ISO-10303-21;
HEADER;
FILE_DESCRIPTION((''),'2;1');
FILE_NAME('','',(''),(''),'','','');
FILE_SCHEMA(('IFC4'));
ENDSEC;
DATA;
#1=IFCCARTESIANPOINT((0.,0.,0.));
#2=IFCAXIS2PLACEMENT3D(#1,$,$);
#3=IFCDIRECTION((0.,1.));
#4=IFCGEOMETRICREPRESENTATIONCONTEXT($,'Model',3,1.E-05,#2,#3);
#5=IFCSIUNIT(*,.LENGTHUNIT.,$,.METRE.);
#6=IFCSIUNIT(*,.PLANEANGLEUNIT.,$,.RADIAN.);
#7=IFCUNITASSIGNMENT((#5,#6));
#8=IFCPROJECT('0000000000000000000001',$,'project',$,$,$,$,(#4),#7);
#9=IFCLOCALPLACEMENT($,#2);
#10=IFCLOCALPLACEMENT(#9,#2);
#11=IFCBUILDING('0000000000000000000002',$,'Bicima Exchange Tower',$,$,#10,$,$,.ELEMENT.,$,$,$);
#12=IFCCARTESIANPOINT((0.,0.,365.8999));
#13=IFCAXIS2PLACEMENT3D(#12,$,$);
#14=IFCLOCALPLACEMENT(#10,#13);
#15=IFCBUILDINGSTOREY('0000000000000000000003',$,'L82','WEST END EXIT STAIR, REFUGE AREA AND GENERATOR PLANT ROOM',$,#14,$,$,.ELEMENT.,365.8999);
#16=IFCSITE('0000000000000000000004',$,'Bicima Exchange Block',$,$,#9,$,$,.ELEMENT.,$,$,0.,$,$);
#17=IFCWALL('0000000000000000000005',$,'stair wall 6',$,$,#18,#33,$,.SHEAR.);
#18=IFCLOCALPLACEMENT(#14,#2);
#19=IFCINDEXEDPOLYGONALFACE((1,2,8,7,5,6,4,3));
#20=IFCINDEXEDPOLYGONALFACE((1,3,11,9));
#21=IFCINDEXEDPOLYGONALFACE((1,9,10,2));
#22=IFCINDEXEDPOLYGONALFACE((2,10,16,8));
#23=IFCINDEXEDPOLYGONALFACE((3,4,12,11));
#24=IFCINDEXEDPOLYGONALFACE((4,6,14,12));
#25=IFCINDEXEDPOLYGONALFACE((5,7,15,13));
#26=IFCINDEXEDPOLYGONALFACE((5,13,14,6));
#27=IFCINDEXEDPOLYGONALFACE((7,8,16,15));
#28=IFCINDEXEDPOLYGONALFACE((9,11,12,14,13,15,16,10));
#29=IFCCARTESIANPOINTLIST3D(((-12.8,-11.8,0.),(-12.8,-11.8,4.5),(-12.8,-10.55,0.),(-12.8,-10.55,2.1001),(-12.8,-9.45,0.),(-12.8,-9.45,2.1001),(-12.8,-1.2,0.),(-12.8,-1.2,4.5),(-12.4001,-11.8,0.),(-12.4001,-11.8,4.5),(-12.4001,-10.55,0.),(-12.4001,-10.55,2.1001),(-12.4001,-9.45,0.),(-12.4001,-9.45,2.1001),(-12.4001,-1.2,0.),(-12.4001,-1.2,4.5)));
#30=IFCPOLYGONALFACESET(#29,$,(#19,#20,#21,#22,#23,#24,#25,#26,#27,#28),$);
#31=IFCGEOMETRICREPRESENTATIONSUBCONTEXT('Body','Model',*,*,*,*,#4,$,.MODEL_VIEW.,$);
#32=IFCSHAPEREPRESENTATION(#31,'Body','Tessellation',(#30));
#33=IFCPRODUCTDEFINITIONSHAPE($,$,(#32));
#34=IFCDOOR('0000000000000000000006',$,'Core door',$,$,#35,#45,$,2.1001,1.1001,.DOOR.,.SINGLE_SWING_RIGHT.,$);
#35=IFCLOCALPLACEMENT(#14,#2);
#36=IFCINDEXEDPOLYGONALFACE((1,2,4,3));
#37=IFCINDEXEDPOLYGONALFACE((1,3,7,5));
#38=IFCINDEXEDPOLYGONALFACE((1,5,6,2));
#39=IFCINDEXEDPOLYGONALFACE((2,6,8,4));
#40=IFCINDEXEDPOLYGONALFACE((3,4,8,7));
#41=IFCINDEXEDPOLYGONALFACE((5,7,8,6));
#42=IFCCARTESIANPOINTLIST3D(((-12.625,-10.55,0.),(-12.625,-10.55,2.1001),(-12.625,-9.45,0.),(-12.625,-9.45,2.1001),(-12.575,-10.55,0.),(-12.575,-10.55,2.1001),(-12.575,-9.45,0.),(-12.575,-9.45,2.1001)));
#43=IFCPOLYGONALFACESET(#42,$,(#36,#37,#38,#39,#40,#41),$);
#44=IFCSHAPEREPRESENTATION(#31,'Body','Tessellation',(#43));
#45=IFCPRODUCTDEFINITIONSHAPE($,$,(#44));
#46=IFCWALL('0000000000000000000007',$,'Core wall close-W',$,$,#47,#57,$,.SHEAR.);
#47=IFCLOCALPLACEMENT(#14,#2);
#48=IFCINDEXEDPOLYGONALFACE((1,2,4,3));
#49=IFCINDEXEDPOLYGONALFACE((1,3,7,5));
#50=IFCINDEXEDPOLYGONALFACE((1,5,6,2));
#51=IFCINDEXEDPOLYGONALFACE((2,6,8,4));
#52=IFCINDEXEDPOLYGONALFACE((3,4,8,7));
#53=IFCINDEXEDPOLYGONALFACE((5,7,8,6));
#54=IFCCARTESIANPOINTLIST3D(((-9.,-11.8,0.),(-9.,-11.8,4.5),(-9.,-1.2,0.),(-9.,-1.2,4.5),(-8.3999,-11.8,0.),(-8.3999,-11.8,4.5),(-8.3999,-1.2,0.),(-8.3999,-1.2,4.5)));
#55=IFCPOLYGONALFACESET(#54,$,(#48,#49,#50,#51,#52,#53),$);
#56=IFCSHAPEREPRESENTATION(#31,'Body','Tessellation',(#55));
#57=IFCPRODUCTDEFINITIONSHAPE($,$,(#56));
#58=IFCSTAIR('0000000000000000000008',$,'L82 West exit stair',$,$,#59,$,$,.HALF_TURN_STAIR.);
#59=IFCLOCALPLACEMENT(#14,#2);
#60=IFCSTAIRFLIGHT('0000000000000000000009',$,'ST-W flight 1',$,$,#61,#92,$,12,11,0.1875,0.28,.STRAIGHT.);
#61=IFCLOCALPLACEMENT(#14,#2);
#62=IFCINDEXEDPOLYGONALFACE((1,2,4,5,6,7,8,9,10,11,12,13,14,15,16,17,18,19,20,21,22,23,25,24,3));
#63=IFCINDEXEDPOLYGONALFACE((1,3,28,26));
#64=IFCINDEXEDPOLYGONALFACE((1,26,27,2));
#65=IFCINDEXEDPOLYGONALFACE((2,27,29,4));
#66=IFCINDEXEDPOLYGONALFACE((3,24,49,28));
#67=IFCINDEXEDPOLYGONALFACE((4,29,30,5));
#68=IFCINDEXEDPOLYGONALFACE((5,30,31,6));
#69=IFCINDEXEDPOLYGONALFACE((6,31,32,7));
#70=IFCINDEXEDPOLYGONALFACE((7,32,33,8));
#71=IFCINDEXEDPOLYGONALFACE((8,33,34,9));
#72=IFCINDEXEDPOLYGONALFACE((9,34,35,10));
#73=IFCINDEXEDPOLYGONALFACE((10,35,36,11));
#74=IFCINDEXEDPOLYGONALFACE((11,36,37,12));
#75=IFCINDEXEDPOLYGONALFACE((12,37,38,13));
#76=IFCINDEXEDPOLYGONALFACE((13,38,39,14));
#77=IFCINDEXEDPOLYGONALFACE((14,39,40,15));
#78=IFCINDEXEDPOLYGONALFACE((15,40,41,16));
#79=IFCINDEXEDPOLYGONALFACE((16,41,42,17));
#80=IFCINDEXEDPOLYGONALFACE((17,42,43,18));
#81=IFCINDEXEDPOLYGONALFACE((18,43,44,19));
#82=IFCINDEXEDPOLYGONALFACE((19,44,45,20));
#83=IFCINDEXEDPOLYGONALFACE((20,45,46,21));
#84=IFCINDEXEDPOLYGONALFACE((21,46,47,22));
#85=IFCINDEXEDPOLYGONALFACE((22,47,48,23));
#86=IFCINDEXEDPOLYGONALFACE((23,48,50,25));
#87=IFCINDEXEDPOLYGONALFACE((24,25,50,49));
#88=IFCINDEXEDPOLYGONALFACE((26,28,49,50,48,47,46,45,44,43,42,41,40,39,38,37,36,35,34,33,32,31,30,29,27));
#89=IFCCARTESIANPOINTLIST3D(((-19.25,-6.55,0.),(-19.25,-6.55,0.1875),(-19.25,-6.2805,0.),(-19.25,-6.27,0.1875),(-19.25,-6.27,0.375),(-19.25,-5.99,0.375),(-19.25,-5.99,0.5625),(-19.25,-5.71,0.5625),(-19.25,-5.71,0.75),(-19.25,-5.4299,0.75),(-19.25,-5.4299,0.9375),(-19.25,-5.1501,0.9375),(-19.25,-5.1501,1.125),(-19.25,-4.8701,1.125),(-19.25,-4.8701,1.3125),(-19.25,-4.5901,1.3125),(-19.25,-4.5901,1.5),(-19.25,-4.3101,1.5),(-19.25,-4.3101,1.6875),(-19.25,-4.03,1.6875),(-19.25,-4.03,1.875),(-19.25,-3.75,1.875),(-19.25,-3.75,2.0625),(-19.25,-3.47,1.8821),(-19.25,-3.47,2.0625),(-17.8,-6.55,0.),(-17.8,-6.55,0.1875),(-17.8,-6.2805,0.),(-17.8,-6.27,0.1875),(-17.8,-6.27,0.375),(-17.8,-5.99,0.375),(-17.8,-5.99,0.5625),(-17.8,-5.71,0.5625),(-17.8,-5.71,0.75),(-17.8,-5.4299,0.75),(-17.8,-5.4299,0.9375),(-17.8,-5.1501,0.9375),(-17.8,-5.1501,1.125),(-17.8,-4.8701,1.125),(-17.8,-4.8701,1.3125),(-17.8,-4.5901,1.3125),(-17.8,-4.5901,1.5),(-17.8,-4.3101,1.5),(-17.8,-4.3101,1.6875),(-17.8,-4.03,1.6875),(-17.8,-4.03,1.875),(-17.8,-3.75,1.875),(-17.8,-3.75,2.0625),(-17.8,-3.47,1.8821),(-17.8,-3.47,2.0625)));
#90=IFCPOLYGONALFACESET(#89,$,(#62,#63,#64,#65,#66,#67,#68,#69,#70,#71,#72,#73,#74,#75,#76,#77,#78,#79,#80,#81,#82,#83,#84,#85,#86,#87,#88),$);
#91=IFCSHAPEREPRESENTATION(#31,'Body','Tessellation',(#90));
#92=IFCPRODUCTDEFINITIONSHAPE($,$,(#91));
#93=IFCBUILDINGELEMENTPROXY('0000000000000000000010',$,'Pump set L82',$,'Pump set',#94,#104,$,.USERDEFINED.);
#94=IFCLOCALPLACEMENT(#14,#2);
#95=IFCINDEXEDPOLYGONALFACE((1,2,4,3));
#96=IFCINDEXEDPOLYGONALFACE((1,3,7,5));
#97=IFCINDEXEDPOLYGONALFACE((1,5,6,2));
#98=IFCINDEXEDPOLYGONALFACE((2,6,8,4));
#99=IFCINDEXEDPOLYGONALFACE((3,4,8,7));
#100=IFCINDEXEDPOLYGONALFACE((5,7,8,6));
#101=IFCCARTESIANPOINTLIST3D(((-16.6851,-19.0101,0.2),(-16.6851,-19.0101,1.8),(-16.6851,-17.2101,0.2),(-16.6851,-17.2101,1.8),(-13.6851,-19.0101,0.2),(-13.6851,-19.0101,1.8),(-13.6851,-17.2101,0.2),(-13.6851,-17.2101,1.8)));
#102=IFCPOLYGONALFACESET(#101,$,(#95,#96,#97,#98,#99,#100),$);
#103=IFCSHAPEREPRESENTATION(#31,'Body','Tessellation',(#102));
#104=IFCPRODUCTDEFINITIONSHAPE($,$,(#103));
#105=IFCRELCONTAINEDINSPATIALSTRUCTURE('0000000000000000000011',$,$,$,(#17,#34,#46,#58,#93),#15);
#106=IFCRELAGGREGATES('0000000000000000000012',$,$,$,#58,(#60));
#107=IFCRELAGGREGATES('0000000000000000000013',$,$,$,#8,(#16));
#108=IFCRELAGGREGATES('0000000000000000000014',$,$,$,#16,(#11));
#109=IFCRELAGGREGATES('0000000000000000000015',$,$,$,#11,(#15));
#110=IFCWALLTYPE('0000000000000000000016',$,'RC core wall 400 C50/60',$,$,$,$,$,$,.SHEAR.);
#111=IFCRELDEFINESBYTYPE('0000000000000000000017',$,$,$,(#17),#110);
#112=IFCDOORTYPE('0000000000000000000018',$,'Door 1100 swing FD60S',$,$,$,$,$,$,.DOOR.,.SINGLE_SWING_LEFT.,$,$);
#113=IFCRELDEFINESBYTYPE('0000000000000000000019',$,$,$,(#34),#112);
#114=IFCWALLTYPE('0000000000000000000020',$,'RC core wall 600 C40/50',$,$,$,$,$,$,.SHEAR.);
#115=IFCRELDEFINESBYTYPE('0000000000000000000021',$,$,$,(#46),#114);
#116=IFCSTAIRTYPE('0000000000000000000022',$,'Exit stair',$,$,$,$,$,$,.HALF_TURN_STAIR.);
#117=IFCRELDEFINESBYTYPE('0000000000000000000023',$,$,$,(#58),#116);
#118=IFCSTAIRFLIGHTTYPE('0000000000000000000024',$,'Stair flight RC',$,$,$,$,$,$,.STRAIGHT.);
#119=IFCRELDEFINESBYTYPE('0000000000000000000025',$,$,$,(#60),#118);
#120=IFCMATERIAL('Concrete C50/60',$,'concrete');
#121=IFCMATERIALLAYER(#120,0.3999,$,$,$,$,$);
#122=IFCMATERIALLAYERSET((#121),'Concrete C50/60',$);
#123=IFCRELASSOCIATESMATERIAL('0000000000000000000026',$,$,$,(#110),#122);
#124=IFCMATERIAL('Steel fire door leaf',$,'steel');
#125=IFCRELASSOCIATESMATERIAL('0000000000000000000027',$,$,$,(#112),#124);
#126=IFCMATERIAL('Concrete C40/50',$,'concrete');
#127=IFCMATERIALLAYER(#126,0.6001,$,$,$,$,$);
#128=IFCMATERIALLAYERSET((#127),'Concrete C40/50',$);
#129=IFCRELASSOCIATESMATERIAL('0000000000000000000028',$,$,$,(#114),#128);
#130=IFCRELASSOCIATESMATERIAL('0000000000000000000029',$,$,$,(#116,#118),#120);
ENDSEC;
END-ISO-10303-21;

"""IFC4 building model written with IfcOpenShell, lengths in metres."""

from ifc_helpers import new_model, si_unit, direction, frame, frame_2d, origin, origin_2d, place, context, subcontext, project, spatial, polyline, rectangle, outline, extrude, material, layer, layer_set, type_object, element, fill, aggregate, save


model = new_model("IFC4")

# Units and contexts
model_context = context("Model", 3, precision=1e-05, world=origin(), true_north=direction((0.0, 1.0)))
body_context = subcontext(model_context, "Body", "Model", "MODEL_VIEW")
ifc_project = project(units=[si_unit("LENGTHUNIT", "METRE"), si_unit("PLANEANGLEUNIT", "RADIAN")], contexts=[model_context])

# Site, building, storey
site_placement = place(None, origin())
site = spatial("IfcSite", under=ifc_project, at=site_placement, Name="Bicima Exchange Block", CompositionType="ELEMENT", RefElevation=0.0)
building_placement = place(site_placement, origin())
building = spatial("IfcBuilding", under=site, at=building_placement, Name="Bicima Exchange Tower", CompositionType="ELEMENT")
storey_placement = place(building_placement, frame((0.0, 0.0, 365.8999)))
storey = spatial("IfcBuildingStorey", under=building, at=storey_placement, Name="L82", Description="WEST END EXIT STAIR, REFUGE AREA AND GENERATOR PLANT ROOM", CompositionType="ELEMENT", Elevation=365.8999)

# Shared definitions
ifc_material_1 = material(Name="Concrete C40/50", Category="concrete")

# Shared definitions
ifc_material_2 = material(Name="Concrete C50/60", Category="concrete")
ifc_layer_1 = layer(ifc_material_2, 0.3999)
ifc_layer_set_1 = layer_set([ifc_layer_1], Name="Concrete C50/60")
wall_type_1 = type_object("IfcWallType", Name="RC core wall 400 C50/60", PredefinedType="SHEAR", material=ifc_layer_set_1)
ifc_material_3 = material(Name="Steel fire door leaf", Category="steel")

# Shared definitions
door_type_1 = type_object("IfcDoorType", Name="Door 1100 swing FD60S", OperationType="SINGLE_SWING_LEFT", PredefinedType="DOOR", material=ifc_material_3)

# Wall, opening, door
wall_1_placement = place(storey_placement, frame((-12.6001, -11.8, 0.0), z_axis=(0.0, 0.0, 1.0), x_axis=(0.0, 1.0, 0.0)))
wall_1 = element("IfcWall", 1, at=wall_1_placement, inside=storey, type_object=wall_type_1, Name="stair wall 6", PredefinedType="SHEAR", context=body_context, shape_type="SweptSolid", body=[
    extrude(rectangle(XDim=10.6001, YDim=0.3999, at=frame_2d((5.3, 0.0))), origin(), (0.0, 0.0, 1.0), 4.5),
])
opening_1_placement = place(wall_1_placement, frame((1.25, 0.0, 0.0)))
opening_1 = element("IfcOpeningElement", 2, at=opening_1_placement, cuts=wall_1, PredefinedType="OPENING", context=body_context, shape_type="SweptSolid", body=[
    extrude(rectangle(XDim=1.1001, YDim=2.1001, at=frame_2d((0.55, 1.05))), frame((0.0, 0.2119, 0.0), z_axis=(0.0, -1.0, 0.0), x_axis=(1.0, 0.0, 0.0)), (0.0, 0.0, 1.0), 0.4238),
])
door_1_placement = place(opening_1_placement, origin())
door_1 = element("IfcDoor", 3, at=door_1_placement, inside=storey, type_object=door_type_1, Name="Core door", OperationType="SINGLE_SWING_RIGHT", OverallHeight=2.1001, OverallWidth=1.1001, PredefinedType="DOOR", context=body_context, shape_type="SweptSolid", body=[
    extrude(rectangle(XDim=1.1001, YDim=2.1001, at=frame_2d((0.55, 1.05))), frame((0.0, 0.0249, 0.0), z_axis=(0.0, -1.0, 0.0), x_axis=(1.0, 0.0, 0.0)), (0.0, 0.0, 1.0), 0.05),
])
fill(opening_1, door_1)

# Wall
ifc_layer_2 = layer(ifc_material_1, 0.6001)
ifc_layer_set_2 = layer_set([ifc_layer_2], Name="Concrete C40/50")
wall_type_2 = type_object("IfcWallType", Name="RC core wall 600 C40/50", PredefinedType="SHEAR", material=ifc_layer_set_2)
wall_2_placement = place(storey_placement, frame((-8.7, -11.8, 0.0), z_axis=(0.0, 0.0, 1.0), x_axis=(0.0, 1.0, 0.0)))
element("IfcWall", 4, at=wall_2_placement, inside=storey, type_object=wall_type_2, Name="Core wall close-W", PredefinedType="SHEAR", context=body_context, shape_type="SweptSolid", body=[
    extrude(rectangle(XDim=10.6001, YDim=0.6001, at=frame_2d((5.3, 0.0))), origin(), (0.0, 0.0, 1.0), 4.5),
])

# Stair, stair flight
stair_type = type_object("IfcStairType", Name="Exit stair", PredefinedType="HALF_TURN_STAIR", material=ifc_material_2)
stair_placement = place(storey_placement, origin())
stair = element("IfcStair", 5, at=stair_placement, inside=storey, type_object=stair_type, Name="L82 West exit stair", PredefinedType="HALF_TURN_STAIR")
stair_flight_type = type_object("IfcStairFlightType", Name="Stair flight RC", PredefinedType="STRAIGHT", material=ifc_material_2)
stair_flight_placement = place(storey_placement, frame((-18.5249, -6.55, 0.0), z_axis=(0.0, 0.0, 1.0), x_axis=(0.0, 1.0, 0.0)))
stair_flight = element("IfcStairFlight", 6, at=stair_flight_placement, type_object=stair_flight_type, Name="ST-W flight 1", NumberOfRisers=12, NumberOfTreads=11, PredefinedType="STRAIGHT", RiserHeight=0.1875, TreadLength=0.28, context=body_context, shape_type="SweptSolid", body=[
    extrude(outline(polyline([(0.0, 0.0), (0.0, 0.1875), (0.28, 0.1875), (0.28, 0.375), (0.5601, 0.375), (0.5601, 0.5625), (0.8401, 0.5625), (0.8401, 0.75), (1.1201, 0.75), (1.1201, 0.9375), (1.3999, 0.9375), (1.3999, 1.125), (1.6799, 1.125), (1.6799, 1.3125), (1.96, 1.3125), (1.96, 1.5), (2.24, 1.5), (2.24, 1.6875), (2.52, 1.6875), (2.52, 1.875), (2.8, 1.875), (2.8, 2.0625), (3.0801, 2.0625), (3.0801, 2.25), (3.0801, 1.8821), (0.2695, 0.0), (0.0, 0.0)])), frame((0.0, 0.7251, 0.0), z_axis=(0.0, -1.0, 0.0), x_axis=(1.0, 0.0, 0.0)), (0.0, 0.0, 1.0), 1.45),
])
aggregate(stair, [stair_flight])

# Building element proxy
proxy_placement = place(storey_placement, frame((-15.1851, -18.1101, 0.2), z_axis=(0.0, 0.0, 1.0), x_axis=(1.0, 0.0, 0.0)))
element("IfcBuildingElementProxy", 7, at=proxy_placement, inside=storey, Name="Pump set L82", ObjectType="Pump set", PredefinedType="USERDEFINED", context=body_context, shape_type="SweptSolid", body=[
    extrude(rectangle(XDim=3.0, YDim=1.8, at=origin_2d()), origin(), (0.0, 0.0, 1.0), 1.6001),
])

save(model, "model.ifc")
